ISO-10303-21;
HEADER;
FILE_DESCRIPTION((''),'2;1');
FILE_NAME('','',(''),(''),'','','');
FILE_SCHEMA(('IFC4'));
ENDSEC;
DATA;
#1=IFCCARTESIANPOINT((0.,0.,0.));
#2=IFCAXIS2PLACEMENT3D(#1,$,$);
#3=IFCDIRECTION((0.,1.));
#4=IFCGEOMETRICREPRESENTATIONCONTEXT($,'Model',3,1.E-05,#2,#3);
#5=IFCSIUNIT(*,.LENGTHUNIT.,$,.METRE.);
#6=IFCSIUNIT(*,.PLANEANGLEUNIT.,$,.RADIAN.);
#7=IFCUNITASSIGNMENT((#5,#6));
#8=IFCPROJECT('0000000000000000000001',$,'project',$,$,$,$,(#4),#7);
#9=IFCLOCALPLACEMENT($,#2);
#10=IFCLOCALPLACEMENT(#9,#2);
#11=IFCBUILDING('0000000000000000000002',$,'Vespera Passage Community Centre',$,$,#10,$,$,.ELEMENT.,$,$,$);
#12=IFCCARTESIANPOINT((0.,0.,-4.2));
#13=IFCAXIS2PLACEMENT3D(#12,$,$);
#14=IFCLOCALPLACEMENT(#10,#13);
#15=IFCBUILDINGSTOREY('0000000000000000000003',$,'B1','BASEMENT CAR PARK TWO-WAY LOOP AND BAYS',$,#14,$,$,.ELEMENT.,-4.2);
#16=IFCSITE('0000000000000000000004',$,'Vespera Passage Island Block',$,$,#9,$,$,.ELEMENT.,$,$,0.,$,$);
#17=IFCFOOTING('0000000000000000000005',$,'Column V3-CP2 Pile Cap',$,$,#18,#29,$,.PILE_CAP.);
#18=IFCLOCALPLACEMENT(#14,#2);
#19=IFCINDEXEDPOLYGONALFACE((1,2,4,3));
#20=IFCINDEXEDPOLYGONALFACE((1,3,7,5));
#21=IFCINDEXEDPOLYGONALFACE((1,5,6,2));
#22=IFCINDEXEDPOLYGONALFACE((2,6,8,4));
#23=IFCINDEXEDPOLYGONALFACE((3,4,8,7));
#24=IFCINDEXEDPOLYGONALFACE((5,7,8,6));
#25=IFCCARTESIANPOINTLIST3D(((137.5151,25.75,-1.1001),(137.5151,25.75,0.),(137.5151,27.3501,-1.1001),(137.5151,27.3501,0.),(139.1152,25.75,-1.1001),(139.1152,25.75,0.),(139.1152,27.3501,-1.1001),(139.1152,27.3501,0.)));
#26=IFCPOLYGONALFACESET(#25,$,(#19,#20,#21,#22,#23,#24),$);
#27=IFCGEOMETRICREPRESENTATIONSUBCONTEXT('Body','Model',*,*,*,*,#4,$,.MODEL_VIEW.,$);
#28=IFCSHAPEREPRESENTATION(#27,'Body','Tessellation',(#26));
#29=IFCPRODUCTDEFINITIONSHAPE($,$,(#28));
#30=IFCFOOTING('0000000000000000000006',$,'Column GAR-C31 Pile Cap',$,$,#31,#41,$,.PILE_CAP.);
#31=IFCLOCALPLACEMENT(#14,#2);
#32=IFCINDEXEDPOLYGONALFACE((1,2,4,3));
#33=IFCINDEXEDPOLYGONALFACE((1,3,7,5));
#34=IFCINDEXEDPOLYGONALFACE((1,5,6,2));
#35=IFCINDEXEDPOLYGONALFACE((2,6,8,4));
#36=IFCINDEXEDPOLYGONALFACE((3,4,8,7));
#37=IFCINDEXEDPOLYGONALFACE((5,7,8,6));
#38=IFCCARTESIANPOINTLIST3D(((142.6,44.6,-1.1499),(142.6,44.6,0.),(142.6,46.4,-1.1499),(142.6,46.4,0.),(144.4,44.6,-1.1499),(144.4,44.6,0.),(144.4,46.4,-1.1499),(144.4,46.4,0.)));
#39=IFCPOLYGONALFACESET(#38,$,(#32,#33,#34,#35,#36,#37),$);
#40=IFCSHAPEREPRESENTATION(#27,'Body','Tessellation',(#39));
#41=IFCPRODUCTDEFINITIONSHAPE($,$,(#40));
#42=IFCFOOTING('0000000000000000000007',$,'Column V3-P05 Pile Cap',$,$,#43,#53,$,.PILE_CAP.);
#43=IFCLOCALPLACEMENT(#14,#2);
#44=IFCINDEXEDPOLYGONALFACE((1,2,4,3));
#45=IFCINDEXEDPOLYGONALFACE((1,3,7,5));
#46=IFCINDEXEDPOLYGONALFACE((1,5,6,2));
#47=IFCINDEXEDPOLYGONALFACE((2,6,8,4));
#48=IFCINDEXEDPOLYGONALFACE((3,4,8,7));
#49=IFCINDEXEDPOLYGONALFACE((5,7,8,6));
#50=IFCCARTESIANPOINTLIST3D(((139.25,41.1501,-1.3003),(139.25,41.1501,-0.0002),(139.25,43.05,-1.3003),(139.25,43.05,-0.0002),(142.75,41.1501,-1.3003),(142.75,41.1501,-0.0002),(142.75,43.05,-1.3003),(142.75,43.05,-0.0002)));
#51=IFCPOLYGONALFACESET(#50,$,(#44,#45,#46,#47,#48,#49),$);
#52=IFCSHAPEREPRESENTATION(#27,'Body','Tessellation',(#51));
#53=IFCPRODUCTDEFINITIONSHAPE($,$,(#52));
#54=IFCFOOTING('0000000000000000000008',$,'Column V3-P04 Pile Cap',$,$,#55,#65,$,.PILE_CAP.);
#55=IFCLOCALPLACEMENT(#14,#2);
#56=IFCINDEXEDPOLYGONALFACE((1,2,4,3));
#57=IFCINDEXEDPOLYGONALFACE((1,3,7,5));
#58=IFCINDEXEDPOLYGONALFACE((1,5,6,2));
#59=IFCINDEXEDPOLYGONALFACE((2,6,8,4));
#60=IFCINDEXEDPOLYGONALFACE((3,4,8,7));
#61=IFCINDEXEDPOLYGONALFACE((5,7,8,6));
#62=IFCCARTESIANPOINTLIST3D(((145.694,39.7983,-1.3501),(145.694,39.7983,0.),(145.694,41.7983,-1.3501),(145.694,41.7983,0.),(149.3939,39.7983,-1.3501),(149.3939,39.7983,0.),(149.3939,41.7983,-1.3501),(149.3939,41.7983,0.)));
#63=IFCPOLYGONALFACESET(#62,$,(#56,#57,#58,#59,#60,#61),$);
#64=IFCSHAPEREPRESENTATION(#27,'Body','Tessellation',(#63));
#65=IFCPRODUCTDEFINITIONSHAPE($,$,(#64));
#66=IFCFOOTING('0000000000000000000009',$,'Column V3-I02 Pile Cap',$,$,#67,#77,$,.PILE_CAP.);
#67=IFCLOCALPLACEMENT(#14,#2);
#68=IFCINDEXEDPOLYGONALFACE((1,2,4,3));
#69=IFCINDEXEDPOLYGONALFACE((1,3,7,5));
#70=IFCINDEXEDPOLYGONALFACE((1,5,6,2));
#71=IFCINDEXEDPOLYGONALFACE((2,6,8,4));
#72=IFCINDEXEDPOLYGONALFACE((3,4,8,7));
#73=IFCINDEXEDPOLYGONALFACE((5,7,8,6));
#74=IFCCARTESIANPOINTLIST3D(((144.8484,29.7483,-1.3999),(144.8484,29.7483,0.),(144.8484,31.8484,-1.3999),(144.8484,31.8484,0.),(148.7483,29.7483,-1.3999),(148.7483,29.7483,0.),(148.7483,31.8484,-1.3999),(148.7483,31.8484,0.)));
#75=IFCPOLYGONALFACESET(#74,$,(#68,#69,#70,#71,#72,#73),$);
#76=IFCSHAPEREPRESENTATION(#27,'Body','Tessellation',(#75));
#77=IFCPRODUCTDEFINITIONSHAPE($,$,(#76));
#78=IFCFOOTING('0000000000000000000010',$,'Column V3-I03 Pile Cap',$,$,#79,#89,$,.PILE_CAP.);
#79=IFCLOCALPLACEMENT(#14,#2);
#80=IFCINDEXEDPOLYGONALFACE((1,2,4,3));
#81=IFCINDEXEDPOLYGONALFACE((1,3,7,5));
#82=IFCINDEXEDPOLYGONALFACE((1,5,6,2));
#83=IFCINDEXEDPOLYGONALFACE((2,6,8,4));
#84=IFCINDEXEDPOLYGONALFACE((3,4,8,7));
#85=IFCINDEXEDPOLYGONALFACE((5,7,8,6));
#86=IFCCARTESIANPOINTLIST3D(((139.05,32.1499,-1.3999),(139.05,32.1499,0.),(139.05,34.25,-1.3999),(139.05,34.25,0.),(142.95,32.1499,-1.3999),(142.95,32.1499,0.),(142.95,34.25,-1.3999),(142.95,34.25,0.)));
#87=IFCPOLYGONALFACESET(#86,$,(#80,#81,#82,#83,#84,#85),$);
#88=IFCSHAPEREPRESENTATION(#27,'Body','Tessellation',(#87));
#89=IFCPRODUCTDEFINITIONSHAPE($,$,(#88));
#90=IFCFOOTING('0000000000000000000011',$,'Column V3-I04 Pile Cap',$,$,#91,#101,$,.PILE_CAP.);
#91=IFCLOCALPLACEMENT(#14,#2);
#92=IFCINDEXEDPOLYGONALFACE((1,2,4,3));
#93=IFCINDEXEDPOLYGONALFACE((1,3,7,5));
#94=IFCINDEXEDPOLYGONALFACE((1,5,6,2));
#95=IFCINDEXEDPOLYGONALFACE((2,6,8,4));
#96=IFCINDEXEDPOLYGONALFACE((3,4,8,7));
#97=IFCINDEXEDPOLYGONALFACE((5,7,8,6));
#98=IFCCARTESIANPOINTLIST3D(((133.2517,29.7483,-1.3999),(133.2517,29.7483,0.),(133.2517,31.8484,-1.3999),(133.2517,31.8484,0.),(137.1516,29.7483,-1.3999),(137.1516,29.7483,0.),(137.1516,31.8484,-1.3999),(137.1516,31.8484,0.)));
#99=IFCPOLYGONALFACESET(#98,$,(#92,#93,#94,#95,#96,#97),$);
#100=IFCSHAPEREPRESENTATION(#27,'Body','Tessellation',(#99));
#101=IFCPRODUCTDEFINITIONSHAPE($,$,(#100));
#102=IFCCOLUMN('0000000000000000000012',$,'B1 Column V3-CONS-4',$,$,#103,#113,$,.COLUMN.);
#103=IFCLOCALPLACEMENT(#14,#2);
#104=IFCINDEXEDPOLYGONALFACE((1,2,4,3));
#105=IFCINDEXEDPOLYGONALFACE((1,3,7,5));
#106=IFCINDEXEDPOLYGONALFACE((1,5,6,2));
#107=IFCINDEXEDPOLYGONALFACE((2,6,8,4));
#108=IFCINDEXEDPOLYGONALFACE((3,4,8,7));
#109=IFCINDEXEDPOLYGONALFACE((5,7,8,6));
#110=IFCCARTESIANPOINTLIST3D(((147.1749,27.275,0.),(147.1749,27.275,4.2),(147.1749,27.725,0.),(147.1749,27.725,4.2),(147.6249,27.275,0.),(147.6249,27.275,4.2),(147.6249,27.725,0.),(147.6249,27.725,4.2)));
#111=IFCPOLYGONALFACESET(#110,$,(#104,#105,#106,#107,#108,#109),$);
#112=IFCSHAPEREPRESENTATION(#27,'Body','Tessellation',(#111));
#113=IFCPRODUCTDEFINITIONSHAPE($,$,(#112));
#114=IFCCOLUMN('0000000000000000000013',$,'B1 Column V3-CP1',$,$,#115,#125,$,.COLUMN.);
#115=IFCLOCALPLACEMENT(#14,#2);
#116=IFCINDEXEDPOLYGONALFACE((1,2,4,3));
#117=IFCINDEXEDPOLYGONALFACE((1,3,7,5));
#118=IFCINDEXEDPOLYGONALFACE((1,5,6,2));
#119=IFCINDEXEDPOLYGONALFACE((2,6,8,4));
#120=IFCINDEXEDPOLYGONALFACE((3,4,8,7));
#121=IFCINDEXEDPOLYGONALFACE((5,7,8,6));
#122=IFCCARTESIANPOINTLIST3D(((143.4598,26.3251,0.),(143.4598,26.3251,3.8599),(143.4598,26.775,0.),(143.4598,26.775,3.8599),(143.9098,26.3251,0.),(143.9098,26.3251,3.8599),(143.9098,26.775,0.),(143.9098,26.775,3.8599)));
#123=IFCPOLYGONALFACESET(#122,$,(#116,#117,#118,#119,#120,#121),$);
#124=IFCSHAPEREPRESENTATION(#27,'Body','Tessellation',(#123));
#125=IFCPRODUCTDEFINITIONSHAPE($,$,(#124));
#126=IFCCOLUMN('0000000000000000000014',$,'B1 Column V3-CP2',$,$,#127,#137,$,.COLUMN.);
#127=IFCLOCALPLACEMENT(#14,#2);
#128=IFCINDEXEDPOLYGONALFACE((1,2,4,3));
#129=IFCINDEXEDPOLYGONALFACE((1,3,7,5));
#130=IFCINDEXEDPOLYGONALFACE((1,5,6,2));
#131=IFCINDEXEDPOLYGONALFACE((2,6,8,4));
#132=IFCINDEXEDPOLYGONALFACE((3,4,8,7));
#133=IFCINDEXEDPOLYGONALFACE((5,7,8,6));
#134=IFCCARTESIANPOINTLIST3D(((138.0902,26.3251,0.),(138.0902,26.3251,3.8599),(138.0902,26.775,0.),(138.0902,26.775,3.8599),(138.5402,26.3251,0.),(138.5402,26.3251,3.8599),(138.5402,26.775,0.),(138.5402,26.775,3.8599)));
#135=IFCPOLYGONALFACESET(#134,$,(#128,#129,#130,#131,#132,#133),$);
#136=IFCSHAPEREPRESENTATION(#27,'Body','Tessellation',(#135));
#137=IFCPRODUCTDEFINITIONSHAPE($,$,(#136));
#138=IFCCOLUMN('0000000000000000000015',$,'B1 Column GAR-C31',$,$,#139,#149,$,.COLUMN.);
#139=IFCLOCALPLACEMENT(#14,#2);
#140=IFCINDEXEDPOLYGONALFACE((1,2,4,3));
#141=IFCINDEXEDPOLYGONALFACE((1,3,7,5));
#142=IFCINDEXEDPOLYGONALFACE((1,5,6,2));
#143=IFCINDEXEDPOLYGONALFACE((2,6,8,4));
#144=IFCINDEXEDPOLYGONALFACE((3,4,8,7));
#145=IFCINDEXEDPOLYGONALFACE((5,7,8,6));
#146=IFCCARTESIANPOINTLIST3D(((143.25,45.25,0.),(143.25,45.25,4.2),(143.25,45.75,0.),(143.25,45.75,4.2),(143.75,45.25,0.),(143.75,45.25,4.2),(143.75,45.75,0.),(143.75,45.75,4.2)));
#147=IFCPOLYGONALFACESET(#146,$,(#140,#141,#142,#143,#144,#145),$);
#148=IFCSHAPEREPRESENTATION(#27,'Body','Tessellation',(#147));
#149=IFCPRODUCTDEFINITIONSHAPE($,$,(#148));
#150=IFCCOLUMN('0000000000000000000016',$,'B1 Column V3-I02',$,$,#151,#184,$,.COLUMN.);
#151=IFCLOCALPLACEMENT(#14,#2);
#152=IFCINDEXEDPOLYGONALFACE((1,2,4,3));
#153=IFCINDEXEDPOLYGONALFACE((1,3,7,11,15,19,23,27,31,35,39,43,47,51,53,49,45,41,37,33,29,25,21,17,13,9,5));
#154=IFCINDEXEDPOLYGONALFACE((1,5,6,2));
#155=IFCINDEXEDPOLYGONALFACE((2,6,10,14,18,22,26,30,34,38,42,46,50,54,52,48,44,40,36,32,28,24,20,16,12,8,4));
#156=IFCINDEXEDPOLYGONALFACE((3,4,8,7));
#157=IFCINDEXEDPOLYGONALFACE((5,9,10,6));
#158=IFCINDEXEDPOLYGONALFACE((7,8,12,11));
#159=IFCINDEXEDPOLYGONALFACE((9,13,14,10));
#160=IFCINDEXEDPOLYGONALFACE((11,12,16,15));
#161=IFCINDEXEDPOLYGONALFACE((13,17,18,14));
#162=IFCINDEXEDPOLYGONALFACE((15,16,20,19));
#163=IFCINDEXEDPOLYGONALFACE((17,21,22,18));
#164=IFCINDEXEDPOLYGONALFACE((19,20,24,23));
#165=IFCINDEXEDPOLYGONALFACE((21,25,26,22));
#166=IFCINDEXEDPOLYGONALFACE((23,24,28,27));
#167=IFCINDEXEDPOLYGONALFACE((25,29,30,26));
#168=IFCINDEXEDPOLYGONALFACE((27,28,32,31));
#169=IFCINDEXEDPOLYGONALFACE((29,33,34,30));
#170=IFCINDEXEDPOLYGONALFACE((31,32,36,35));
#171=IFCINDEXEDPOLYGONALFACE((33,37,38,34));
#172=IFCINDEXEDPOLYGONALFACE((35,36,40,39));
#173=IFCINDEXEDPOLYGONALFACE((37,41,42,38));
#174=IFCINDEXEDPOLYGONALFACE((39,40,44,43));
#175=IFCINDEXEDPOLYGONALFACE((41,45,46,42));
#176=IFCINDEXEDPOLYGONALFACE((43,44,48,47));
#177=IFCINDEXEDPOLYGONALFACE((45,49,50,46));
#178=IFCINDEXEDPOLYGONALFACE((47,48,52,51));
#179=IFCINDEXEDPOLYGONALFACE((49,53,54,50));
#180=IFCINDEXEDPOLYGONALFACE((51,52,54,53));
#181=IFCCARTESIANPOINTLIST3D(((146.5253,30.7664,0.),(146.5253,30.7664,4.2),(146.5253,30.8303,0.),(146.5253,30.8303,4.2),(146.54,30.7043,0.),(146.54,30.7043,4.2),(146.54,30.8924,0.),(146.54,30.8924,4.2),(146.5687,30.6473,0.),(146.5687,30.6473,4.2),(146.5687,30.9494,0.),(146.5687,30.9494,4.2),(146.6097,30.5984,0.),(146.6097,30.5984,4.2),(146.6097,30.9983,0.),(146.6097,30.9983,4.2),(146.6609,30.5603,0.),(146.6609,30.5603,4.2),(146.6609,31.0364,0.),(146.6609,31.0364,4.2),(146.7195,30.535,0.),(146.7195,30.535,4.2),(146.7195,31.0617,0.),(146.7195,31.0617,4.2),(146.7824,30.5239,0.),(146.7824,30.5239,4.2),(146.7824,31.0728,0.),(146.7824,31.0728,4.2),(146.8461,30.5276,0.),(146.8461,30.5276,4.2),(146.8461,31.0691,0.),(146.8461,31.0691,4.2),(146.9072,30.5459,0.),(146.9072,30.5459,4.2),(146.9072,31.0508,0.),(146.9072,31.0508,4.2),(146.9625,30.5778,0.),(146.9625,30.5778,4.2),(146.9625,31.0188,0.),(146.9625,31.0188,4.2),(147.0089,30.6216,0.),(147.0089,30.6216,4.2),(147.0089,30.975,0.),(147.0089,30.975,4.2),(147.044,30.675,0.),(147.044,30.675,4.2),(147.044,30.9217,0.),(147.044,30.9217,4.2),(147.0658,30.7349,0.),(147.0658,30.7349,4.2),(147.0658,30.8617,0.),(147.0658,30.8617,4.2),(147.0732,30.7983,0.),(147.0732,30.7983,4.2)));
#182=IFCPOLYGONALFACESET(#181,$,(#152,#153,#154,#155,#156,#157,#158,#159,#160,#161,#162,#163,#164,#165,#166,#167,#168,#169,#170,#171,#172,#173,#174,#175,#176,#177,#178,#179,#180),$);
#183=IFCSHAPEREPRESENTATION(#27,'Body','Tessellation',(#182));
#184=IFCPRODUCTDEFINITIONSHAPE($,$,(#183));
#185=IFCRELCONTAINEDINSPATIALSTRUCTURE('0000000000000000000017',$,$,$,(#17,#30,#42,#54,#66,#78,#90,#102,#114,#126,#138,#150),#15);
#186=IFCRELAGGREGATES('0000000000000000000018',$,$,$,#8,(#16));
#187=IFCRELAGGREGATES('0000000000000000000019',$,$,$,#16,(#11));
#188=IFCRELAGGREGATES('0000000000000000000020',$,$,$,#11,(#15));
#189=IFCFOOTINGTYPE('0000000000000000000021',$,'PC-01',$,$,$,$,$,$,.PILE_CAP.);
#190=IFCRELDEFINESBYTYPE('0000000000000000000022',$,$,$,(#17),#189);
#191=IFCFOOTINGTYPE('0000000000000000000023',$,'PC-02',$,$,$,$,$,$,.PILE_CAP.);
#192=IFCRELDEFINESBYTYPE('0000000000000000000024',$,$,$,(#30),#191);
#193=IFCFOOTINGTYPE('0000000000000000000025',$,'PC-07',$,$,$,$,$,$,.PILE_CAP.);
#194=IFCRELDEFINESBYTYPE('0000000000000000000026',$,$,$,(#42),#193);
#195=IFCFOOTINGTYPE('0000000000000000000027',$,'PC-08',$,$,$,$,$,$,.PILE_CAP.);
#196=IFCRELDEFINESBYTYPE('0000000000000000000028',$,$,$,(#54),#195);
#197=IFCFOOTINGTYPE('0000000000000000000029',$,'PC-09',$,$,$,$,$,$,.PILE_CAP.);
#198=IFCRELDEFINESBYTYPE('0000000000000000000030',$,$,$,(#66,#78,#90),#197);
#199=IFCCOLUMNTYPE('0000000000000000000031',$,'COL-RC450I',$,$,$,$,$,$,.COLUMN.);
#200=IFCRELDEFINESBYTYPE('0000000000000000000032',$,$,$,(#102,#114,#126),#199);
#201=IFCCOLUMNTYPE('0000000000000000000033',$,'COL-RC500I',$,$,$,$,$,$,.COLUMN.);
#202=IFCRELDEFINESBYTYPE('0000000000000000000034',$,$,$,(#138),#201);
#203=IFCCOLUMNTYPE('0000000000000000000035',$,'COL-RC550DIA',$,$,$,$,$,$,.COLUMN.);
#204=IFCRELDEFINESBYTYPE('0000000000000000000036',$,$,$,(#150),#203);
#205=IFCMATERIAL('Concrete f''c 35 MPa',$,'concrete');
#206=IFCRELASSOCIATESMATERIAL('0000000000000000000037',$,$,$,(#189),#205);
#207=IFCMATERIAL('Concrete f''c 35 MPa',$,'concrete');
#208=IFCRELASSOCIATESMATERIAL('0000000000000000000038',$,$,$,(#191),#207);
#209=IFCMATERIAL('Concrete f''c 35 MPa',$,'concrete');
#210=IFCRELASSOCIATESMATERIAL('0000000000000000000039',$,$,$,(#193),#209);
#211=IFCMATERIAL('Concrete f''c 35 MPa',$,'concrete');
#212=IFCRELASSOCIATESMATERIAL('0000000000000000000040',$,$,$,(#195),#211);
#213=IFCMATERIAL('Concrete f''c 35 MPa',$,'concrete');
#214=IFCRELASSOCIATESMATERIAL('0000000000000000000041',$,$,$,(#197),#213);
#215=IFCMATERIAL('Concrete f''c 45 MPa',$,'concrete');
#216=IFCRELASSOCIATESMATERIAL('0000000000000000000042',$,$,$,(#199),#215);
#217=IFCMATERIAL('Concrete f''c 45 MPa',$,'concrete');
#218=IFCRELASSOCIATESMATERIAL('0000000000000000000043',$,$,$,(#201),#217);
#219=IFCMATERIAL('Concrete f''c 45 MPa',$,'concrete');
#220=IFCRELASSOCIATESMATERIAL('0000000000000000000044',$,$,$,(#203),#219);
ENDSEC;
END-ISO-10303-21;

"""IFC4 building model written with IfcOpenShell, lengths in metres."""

from ifc_helpers import new_model, si_unit, direction, frame, origin, origin_2d, place, context, subcontext, project, spatial, rectangle, circle, extrude, material, material_profile, profile_set, type_object, element, save


model = new_model("IFC4")

# Units and contexts
model_context = context("Model", 3, precision=1e-05, world=origin(), true_north=direction((0.0, 1.0)))
body_context = subcontext(model_context, "Body", "Model", "MODEL_VIEW")
ifc_project = project(units=[si_unit("LENGTHUNIT", "METRE"), si_unit("PLANEANGLEUNIT", "RADIAN")], contexts=[model_context])

# Site, building, storey
site_placement = place(None, origin())
site = spatial("IfcSite", under=ifc_project, at=site_placement, Name="Vespera Passage Island Block", CompositionType="ELEMENT", RefElevation=0.0)
building_placement = place(site_placement, origin())
building = spatial("IfcBuilding", under=site, at=building_placement, Name="Vespera Passage Community Centre", CompositionType="ELEMENT")
storey_placement = place(building_placement, frame((0.0, 0.0, -4.2)))
storey = spatial("IfcBuildingStorey", under=building, at=storey_placement, Name="B1", Description="BASEMENT CAR PARK TWO-WAY LOOP AND BAYS", CompositionType="ELEMENT", Elevation=-4.2)

# Footings
ifc_material_1 = material(Name="Concrete f'c 35 MPa", Category="concrete")
footing_type_1 = type_object("IfcFootingType", Name="PC-01", PredefinedType="PILE_CAP", material=ifc_material_1)
for number, where, z_axis, x_axis, name in (
    (1, (138.3152, 26.55, -1.1001), (0.0, 0.0, 1.0), (1.0, 0.0, 0.0), "Column V3-CP2 Pile Cap"),
):
    element("IfcFooting", number, at=place(storey_placement, frame(where, z_axis=z_axis, x_axis=x_axis)), inside=storey, type_object=footing_type_1, Name=name, PredefinedType="PILE_CAP", context=body_context, shape_type="SweptSolid", body=[
        extrude(rectangle(XDim=1.6001, YDim=1.6001, at=origin_2d()), origin(), (0.0, 0.0, 1.0), 1.1001),
    ])
ifc_material_2 = material(Name="Concrete f'c 35 MPa", Category="concrete")
footing_type_2 = type_object("IfcFootingType", Name="PC-02", PredefinedType="PILE_CAP", material=ifc_material_2)
footing_1_placement = place(storey_placement, frame((143.5, 45.5, -1.1499), z_axis=(0.0, 0.0, 1.0), x_axis=(1.0, 0.0, 0.0)))
element("IfcFooting", 2, at=footing_1_placement, inside=storey, type_object=footing_type_2, Name="Column GAR-C31 Pile Cap", PredefinedType="PILE_CAP", context=body_context, shape_type="SweptSolid", body=[
    extrude(rectangle(XDim=1.8, YDim=1.8, at=origin_2d()), origin(), (0.0, 0.0, 1.0), 1.1499),
])
ifc_material_3 = material(Name="Concrete f'c 35 MPa", Category="concrete")
footing_type_3 = type_object("IfcFootingType", Name="PC-07", PredefinedType="PILE_CAP", material=ifc_material_3)
footing_2_placement = place(storey_placement, frame((141.0, 42.1001, -1.3003), z_axis=(0.0, 0.0, 1.0), x_axis=(1.0, 0.0, 0.0)))
element("IfcFooting", 3, at=footing_2_placement, inside=storey, type_object=footing_type_3, Name="Column V3-P05 Pile Cap", PredefinedType="PILE_CAP", context=body_context, shape_type="SweptSolid", body=[
    extrude(rectangle(XDim=3.5, YDim=1.8999, at=origin_2d()), origin(), (0.0, 0.0, 1.0), 1.3),
])
ifc_material_4 = material(Name="Concrete f'c 35 MPa", Category="concrete")
footing_type_4 = type_object("IfcFootingType", Name="PC-08", PredefinedType="PILE_CAP", material=ifc_material_4)
footing_3_placement = place(storey_placement, frame((147.5439, 40.7983, -1.3501), z_axis=(0.0, 0.0, 1.0), x_axis=(1.0, 0.0, 0.0)))
element("IfcFooting", 4, at=footing_3_placement, inside=storey, type_object=footing_type_4, Name="Column V3-P04 Pile Cap", PredefinedType="PILE_CAP", context=body_context, shape_type="SweptSolid", body=[
    extrude(rectangle(XDim=3.7, YDim=2.0, at=origin_2d()), origin(), (0.0, 0.0, 1.0), 1.3501),
])
ifc_material_5 = material(Name="Concrete f'c 35 MPa", Category="concrete")
footing_type_5 = type_object("IfcFootingType", Name="PC-09", PredefinedType="PILE_CAP", material=ifc_material_5)
for number, where, z_axis, x_axis, name in (
    (5, (146.7983, 30.7983, -1.3999), (0.0, 0.0, 1.0), (1.0, 0.0, 0.0), "Column V3-I02 Pile Cap"),
    (6, (141.0, 33.2, -1.3999), (0.0, 0.0, 1.0), (1.0, 0.0, 0.0), "Column V3-I03 Pile Cap"),
    (7, (135.2017, 30.7983, -1.3999), (0.0, 0.0, 1.0), (1.0, 0.0, 0.0), "Column V3-I04 Pile Cap"),
):
    element("IfcFooting", number, at=place(storey_placement, frame(where, z_axis=z_axis, x_axis=x_axis)), inside=storey, type_object=footing_type_5, Name=name, PredefinedType="PILE_CAP", context=body_context, shape_type="SweptSolid", body=[
        extrude(rectangle(XDim=3.8999, YDim=2.1001, at=origin_2d()), origin(), (0.0, 0.0, 1.0), 1.3999),
    ])

# Columns
ifc_material_6 = material(Name="Concrete f'c 45 MPa", Category="concrete")
ifc_material_profile_1 = material_profile(ifc_material_6, rectangle(XDim=0.45, YDim=0.45, at=origin_2d()), Name="RC450X450")
ifc_profile_set_1 = profile_set([ifc_material_profile_1], Name="Concrete f'c 45 MPa")
column_type_1 = type_object("IfcColumnType", Name="COL-RC450I", PredefinedType="COLUMN", material=ifc_profile_set_1)
column_1_placement = place(storey_placement, frame((147.3999, 27.5, 0.0), z_axis=(0.0, 0.0, 1.0), x_axis=(1.0, 0.0, 0.0)))
element("IfcColumn", 8, at=column_1_placement, inside=storey, type_object=column_type_1, Name="B1 Column V3-CONS-4", PredefinedType="COLUMN", context=body_context, shape_type="SweptSolid", body=[
    extrude(rectangle(XDim=0.45, YDim=0.45, at=origin_2d()), origin(), (0.0, 0.0, 1.0), 4.2),
])
for number, where, z_axis, x_axis, name in (
    (9, (143.6848, 26.55, 0.0), (0.0, 0.0, 1.0), (1.0, 0.0, 0.0), "B1 Column V3-CP1"),
    (10, (138.3152, 26.55, 0.0), (0.0, 0.0, 1.0), (1.0, 0.0, 0.0), "B1 Column V3-CP2"),
):
    element("IfcColumn", number, at=place(storey_placement, frame(where, z_axis=z_axis, x_axis=x_axis)), inside=storey, type_object=column_type_1, Name=name, PredefinedType="COLUMN", context=body_context, shape_type="SweptSolid", body=[
        extrude(rectangle(XDim=0.45, YDim=0.45, at=origin_2d()), origin(), (0.0, 0.0, 1.0), 3.8599),
    ])
ifc_material_7 = material(Name="Concrete f'c 45 MPa", Category="concrete")
ifc_material_profile_2 = material_profile(ifc_material_7, rectangle(XDim=0.5, YDim=0.5, at=origin_2d()), Name="RC500X500")
ifc_profile_set_2 = profile_set([ifc_material_profile_2], Name="Concrete f'c 45 MPa")
column_type_2 = type_object("IfcColumnType", Name="COL-RC500I", PredefinedType="COLUMN", material=ifc_profile_set_2)
column_2_placement = place(storey_placement, frame((143.5, 45.5, 0.0), z_axis=(0.0, 0.0, 1.0), x_axis=(1.0, 0.0, 0.0)))
element("IfcColumn", 11, at=column_2_placement, inside=storey, type_object=column_type_2, Name="B1 Column GAR-C31", PredefinedType="COLUMN", context=body_context, shape_type="SweptSolid", body=[
    extrude(rectangle(XDim=0.5, YDim=0.5, at=origin_2d()), origin(), (0.0, 0.0, 1.0), 4.2),
])
ifc_material_8 = material(Name="Concrete f'c 45 MPa", Category="concrete")
ifc_material_profile_3 = material_profile(ifc_material_8, circle(Radius=0.2749, at=origin_2d()), Name="RC550DIA")
ifc_profile_set_3 = profile_set([ifc_material_profile_3], Name="Concrete f'c 45 MPa")
column_type_3 = type_object("IfcColumnType", Name="COL-RC550DIA", PredefinedType="COLUMN", material=ifc_profile_set_3)
for number, where, z_axis, x_axis, name in (
    (12, (146.7983, 30.7983, 0.0), (0.0, 0.0, 1.0), (1.0, 0.0, 0.0), "B1 Column V3-I02"),
):
    element("IfcColumn", number, at=place(storey_placement, frame(where, z_axis=z_axis, x_axis=x_axis)), inside=storey, type_object=column_type_3, Name=name, PredefinedType="COLUMN", context=body_context, shape_type="SweptSolid", body=[
        extrude(circle(Radius=0.2749, at=origin_2d()), origin(), (0.0, 0.0, 1.0), 4.2),
    ])

save(model, "model.ifc")
